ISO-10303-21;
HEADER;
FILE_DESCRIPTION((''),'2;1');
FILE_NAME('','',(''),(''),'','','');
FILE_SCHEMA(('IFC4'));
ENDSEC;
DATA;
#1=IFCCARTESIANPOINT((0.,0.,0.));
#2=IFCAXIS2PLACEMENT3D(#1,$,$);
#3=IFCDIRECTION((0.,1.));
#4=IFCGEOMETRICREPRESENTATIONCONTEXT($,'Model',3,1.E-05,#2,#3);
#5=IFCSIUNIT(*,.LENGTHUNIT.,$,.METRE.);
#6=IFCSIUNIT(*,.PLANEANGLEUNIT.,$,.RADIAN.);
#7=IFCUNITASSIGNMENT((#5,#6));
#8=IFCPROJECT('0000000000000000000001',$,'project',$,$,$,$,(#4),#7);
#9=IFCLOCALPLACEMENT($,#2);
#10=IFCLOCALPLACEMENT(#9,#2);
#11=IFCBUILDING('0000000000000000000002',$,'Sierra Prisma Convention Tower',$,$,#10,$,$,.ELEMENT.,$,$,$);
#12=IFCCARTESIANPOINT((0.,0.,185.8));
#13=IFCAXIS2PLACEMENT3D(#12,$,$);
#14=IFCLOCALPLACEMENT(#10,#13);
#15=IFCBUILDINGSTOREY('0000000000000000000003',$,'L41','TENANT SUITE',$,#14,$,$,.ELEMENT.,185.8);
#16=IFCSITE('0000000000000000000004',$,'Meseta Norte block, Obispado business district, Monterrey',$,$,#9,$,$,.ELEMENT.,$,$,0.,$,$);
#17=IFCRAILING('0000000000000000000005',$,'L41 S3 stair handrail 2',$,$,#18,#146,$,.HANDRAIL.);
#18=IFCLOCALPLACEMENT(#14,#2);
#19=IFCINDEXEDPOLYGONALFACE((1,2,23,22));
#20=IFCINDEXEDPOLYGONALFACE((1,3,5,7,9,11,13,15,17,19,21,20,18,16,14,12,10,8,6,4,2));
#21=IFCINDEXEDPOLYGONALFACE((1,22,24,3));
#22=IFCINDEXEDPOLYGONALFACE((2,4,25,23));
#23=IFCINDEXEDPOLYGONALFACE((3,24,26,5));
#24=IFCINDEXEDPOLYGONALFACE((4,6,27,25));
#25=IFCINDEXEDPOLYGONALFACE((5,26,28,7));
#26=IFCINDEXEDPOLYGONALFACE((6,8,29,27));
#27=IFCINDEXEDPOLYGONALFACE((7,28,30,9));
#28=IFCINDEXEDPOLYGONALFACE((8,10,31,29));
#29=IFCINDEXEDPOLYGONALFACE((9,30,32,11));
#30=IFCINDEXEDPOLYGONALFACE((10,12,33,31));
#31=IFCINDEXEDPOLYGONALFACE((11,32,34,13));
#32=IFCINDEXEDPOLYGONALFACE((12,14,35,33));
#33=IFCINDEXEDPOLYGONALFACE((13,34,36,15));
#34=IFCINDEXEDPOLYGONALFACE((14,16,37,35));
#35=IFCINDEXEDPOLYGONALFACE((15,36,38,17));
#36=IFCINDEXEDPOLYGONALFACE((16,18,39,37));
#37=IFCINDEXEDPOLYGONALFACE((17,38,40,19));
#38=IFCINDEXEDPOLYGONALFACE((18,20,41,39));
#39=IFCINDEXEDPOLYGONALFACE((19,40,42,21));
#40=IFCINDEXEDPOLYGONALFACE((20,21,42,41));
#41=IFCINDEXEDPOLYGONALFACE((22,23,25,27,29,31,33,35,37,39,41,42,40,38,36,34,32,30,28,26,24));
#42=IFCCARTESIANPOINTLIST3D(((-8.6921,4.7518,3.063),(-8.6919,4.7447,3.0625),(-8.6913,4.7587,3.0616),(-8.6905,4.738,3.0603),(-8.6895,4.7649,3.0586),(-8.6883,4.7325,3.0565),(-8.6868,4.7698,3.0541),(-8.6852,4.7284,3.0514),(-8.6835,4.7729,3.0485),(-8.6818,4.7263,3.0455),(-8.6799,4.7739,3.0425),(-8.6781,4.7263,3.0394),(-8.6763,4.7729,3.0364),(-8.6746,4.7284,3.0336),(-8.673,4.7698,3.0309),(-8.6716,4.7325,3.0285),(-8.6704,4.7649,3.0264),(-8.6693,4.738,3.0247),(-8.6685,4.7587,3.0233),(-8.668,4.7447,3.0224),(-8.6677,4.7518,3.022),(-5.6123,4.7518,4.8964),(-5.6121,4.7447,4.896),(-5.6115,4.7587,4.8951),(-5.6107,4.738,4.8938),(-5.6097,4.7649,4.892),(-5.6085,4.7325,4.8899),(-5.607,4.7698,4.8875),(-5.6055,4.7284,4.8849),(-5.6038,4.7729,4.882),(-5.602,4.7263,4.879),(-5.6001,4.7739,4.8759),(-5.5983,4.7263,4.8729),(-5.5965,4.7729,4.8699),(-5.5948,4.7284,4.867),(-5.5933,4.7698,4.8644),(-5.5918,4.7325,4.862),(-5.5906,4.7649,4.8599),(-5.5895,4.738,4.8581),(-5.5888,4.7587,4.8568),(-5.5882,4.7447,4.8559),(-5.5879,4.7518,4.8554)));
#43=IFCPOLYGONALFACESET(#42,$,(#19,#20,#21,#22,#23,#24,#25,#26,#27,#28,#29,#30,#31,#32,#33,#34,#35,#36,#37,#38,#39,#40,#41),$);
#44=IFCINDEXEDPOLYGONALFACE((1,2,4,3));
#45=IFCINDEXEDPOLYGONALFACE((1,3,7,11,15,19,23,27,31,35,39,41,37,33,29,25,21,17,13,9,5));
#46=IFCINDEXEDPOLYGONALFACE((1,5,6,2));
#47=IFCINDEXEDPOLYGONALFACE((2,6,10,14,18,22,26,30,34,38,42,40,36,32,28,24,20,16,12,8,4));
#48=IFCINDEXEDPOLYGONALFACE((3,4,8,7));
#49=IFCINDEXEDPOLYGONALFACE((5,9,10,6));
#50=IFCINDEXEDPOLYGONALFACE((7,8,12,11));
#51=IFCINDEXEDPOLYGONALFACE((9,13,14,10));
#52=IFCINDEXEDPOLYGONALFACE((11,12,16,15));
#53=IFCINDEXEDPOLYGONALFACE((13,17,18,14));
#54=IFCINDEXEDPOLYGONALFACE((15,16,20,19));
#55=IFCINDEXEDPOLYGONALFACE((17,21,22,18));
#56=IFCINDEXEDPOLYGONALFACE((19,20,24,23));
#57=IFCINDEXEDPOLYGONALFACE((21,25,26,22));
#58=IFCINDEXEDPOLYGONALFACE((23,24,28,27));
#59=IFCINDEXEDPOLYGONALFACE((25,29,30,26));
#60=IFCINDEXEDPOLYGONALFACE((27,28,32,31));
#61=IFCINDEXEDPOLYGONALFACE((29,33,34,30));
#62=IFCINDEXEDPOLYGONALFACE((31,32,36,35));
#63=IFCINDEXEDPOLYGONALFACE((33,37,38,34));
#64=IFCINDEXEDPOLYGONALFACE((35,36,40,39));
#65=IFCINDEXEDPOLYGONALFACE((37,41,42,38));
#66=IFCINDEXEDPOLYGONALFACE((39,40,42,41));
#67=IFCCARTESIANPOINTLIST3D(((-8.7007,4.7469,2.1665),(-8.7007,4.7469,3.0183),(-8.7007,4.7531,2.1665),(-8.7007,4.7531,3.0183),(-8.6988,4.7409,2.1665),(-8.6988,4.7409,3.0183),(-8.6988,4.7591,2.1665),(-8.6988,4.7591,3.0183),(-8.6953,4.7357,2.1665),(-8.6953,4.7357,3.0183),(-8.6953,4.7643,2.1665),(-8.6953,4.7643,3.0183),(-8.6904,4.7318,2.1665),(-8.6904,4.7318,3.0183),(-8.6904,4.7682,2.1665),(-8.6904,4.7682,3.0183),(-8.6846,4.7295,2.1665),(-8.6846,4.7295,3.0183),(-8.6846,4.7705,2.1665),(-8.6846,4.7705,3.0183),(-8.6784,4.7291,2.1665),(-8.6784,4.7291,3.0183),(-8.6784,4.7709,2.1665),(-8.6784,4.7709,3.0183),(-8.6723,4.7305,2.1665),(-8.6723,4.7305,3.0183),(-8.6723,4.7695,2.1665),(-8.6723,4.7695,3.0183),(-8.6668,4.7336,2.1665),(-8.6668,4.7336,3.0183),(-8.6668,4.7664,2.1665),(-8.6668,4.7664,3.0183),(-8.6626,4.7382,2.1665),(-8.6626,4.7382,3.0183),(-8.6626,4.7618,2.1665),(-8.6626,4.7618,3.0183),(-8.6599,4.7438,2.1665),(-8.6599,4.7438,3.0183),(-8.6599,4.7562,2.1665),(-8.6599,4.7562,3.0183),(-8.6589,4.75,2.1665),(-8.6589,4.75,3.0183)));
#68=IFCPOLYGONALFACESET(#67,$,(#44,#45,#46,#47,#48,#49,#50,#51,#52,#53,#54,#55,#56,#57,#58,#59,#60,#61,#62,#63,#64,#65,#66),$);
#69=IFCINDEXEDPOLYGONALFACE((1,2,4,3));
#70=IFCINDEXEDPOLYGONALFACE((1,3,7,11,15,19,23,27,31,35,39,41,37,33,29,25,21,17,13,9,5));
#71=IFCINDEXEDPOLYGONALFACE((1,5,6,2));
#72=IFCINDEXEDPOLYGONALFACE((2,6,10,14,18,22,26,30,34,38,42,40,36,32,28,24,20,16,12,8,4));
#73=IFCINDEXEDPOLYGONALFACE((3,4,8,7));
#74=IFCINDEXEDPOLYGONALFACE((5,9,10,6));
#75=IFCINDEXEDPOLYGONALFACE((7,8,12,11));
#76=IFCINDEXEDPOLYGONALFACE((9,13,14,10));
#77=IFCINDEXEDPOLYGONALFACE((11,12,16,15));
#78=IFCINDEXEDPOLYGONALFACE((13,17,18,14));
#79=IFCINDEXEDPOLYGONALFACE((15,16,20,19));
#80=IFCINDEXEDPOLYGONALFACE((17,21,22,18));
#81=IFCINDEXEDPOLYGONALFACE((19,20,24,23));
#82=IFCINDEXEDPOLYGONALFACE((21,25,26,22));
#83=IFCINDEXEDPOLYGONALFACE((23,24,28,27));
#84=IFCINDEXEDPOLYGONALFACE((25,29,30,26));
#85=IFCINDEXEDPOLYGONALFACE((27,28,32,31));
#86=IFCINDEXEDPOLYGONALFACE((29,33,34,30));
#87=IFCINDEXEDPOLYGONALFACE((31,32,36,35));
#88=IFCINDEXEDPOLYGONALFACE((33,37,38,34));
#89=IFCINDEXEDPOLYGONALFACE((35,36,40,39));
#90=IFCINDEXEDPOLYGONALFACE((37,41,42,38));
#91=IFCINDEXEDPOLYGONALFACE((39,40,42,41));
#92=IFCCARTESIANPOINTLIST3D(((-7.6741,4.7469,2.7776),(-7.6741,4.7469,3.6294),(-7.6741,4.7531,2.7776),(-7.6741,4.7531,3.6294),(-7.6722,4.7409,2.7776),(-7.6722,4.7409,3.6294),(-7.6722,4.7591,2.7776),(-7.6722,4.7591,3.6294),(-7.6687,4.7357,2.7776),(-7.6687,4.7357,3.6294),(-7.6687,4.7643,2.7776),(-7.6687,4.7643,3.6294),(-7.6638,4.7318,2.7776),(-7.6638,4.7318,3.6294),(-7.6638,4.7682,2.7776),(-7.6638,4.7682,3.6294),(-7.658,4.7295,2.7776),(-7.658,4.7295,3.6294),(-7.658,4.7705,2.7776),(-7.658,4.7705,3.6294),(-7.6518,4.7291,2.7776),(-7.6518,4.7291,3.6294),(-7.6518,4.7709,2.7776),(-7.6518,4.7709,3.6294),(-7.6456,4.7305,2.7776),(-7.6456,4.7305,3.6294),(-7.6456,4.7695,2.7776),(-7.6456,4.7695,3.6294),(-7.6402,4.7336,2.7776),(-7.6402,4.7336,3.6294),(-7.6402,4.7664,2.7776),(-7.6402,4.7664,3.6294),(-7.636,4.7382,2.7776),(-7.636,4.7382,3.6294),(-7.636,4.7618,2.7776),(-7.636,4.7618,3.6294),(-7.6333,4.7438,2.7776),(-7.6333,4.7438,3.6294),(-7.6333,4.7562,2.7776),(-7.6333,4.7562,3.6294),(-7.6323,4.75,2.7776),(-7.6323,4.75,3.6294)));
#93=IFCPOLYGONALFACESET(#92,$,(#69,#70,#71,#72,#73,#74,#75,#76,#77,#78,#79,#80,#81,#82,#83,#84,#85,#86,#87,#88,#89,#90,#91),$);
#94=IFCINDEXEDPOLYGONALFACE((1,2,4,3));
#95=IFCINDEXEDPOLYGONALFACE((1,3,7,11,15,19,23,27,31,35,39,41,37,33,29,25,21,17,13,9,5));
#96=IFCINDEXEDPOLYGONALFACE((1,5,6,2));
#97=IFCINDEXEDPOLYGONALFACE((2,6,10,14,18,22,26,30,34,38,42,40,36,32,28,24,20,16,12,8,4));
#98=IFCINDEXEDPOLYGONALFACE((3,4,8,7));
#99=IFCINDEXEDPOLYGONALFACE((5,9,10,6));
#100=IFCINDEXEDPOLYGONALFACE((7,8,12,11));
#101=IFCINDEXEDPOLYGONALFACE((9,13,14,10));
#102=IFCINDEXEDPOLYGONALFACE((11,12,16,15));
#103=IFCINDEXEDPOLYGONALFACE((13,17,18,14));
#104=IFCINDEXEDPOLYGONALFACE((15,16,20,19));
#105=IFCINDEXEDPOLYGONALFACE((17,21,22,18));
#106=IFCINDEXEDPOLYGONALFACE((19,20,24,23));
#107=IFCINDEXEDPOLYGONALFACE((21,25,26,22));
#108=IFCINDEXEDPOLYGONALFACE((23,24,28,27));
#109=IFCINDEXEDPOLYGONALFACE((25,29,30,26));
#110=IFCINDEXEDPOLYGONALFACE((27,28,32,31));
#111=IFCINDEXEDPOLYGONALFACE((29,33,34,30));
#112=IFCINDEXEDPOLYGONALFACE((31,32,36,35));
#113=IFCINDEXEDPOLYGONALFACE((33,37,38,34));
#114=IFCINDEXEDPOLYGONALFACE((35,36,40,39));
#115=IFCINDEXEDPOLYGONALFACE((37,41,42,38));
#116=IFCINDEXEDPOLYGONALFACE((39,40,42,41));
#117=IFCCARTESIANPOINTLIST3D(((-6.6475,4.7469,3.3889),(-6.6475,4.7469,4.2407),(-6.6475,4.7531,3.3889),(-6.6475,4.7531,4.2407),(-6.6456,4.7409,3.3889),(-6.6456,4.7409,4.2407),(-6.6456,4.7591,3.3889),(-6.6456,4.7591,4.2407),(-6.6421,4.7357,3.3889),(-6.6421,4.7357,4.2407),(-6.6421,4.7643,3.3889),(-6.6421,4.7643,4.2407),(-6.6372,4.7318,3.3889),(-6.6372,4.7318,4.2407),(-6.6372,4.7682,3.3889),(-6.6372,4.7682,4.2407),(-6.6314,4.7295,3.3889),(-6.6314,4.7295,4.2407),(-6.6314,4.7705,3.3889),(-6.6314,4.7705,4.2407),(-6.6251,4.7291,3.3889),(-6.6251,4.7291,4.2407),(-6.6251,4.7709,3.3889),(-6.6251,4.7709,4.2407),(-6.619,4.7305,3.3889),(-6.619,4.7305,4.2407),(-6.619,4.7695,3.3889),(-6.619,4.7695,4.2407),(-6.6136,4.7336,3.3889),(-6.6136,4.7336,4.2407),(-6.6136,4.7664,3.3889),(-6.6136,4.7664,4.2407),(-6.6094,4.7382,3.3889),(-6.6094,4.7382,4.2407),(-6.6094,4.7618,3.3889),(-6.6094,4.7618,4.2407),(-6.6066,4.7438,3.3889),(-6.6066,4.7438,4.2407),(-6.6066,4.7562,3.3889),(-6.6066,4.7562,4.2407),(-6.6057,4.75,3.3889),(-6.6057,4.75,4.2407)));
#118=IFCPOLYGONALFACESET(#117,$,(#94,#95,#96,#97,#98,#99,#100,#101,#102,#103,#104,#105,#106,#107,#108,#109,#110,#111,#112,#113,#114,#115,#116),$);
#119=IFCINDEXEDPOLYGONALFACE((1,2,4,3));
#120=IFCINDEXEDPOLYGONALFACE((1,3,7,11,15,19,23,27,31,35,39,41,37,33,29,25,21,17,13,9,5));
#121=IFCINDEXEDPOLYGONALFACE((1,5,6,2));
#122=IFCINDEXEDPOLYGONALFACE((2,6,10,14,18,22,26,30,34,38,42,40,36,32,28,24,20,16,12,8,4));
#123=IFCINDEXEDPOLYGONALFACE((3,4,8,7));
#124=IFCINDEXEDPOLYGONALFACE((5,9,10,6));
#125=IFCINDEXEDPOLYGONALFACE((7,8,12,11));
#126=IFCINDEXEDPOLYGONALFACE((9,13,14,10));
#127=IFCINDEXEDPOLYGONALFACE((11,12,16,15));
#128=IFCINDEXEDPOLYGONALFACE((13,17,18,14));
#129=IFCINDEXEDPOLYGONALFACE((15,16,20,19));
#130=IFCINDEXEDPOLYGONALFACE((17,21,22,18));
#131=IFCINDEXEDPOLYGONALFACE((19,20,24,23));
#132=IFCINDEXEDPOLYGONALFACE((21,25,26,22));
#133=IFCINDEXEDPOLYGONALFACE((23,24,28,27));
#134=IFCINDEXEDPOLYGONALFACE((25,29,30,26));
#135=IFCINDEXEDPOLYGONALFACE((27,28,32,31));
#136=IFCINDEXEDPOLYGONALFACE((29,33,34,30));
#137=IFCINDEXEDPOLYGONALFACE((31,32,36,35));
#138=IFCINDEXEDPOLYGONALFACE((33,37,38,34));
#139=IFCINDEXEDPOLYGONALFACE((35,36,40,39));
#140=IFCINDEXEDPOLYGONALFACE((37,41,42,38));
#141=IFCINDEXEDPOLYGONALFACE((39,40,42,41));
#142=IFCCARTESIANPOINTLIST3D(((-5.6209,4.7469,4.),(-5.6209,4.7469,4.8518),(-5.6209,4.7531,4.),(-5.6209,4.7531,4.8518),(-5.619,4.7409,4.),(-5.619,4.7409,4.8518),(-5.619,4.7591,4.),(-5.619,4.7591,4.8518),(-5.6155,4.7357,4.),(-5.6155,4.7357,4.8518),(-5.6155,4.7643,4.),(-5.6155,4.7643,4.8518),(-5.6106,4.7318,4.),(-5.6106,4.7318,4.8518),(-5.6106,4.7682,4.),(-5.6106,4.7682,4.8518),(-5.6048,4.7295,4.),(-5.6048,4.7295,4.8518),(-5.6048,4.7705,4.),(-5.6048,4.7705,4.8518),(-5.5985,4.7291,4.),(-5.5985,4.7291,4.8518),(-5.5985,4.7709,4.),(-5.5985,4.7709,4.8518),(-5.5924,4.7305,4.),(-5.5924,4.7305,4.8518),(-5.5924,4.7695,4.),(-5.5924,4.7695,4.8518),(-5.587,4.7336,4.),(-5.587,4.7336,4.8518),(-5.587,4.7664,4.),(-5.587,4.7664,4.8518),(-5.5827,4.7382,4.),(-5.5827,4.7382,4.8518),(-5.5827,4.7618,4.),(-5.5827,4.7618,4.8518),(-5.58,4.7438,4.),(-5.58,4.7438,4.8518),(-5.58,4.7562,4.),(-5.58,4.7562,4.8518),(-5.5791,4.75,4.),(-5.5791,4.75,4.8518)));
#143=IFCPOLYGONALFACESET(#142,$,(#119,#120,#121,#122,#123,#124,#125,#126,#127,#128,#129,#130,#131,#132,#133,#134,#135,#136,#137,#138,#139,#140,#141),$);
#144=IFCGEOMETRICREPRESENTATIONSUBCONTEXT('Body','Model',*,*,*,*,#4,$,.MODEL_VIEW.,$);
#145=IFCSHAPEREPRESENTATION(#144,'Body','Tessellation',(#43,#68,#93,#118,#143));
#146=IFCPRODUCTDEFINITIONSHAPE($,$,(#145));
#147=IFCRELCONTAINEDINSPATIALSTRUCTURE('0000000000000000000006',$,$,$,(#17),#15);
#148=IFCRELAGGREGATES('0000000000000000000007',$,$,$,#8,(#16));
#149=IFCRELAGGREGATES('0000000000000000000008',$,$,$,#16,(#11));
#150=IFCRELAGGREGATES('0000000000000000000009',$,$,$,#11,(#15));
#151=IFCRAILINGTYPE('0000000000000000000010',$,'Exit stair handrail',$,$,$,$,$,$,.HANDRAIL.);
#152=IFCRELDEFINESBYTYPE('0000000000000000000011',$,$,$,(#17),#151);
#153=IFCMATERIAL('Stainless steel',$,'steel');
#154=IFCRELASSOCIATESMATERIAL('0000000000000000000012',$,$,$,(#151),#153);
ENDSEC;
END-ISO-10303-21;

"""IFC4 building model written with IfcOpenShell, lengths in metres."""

from ifc_helpers import new_model, si_unit, direction, frame, origin, origin_2d, place, context, subcontext, project, spatial, circle, extrude, material, type_object, element, save


model = new_model("IFC4")

# Units and contexts
model_context = context("Model", 3, precision=1e-05, world=origin(), true_north=direction((0.0, 1.0)))
body_context = subcontext(model_context, "Body", "Model", "MODEL_VIEW")
ifc_project = project(units=[si_unit("LENGTHUNIT", "METRE"), si_unit("PLANEANGLEUNIT", "RADIAN")], contexts=[model_context])

# Site, building, storey
site_placement = place(None, origin())
site = spatial("IfcSite", under=ifc_project, at=site_placement, Name="Meseta Norte block, Obispado business district, Monterrey", CompositionType="ELEMENT", RefElevation=0.0)
building_placement = place(site_placement, origin())
building = spatial("IfcBuilding", under=site, at=building_placement, Name="Sierra Prisma Convention Tower", CompositionType="ELEMENT")
storey_placement = place(building_placement, frame((0.0, 0.0, 185.8)))
storey = spatial("IfcBuildingStorey", under=building, at=storey_placement, Name="L41", Description="TENANT SUITE", CompositionType="ELEMENT", Elevation=185.8)

# Railing
ifc_material_1 = material(Name="Stainless steel", Category="steel")
railing_type_1 = type_object("IfcRailingType", Name="Exit stair handrail", PredefinedType="HANDRAIL", material=ifc_material_1)
railing_1_placement = place(storey_placement, frame((-8.6799, 4.75, 2.1665)))
element("IfcRailing", 1, at=railing_1_placement, inside=storey, type_object=railing_type_1, Name="L41 S3 stair handrail 2", PredefinedType="HANDRAIL", context=body_context, shape_type="SweptSolid", body=[
    extrude(circle(Radius=0.0239, at=origin_2d()), frame((0.0, 0.0, 0.876), z_axis=(0.859261, 0.0, 0.511538), x_axis=(0.0, 1.0, 0.0)), (0.0, 0.0, 1.0), 3.5842),
    extrude(circle(Radius=0.021, at=origin_2d()), origin(), (0.0, 0.0, 1.0), 0.8518),
    extrude(circle(Radius=0.021, at=origin_2d()), frame((1.0266, 0.0, 0.6111)), (0.0, 0.0, 1.0), 0.8518),
    extrude(circle(Radius=0.021, at=origin_2d()), frame((2.0532, 0.0, 1.2224)), (0.0, 0.0, 1.0), 0.8518),
    extrude(circle(Radius=0.021, at=origin_2d()), frame((3.0798, 0.0, 1.8335)), (0.0, 0.0, 1.0), 0.8518),
])

save(model, "model.ifc")
